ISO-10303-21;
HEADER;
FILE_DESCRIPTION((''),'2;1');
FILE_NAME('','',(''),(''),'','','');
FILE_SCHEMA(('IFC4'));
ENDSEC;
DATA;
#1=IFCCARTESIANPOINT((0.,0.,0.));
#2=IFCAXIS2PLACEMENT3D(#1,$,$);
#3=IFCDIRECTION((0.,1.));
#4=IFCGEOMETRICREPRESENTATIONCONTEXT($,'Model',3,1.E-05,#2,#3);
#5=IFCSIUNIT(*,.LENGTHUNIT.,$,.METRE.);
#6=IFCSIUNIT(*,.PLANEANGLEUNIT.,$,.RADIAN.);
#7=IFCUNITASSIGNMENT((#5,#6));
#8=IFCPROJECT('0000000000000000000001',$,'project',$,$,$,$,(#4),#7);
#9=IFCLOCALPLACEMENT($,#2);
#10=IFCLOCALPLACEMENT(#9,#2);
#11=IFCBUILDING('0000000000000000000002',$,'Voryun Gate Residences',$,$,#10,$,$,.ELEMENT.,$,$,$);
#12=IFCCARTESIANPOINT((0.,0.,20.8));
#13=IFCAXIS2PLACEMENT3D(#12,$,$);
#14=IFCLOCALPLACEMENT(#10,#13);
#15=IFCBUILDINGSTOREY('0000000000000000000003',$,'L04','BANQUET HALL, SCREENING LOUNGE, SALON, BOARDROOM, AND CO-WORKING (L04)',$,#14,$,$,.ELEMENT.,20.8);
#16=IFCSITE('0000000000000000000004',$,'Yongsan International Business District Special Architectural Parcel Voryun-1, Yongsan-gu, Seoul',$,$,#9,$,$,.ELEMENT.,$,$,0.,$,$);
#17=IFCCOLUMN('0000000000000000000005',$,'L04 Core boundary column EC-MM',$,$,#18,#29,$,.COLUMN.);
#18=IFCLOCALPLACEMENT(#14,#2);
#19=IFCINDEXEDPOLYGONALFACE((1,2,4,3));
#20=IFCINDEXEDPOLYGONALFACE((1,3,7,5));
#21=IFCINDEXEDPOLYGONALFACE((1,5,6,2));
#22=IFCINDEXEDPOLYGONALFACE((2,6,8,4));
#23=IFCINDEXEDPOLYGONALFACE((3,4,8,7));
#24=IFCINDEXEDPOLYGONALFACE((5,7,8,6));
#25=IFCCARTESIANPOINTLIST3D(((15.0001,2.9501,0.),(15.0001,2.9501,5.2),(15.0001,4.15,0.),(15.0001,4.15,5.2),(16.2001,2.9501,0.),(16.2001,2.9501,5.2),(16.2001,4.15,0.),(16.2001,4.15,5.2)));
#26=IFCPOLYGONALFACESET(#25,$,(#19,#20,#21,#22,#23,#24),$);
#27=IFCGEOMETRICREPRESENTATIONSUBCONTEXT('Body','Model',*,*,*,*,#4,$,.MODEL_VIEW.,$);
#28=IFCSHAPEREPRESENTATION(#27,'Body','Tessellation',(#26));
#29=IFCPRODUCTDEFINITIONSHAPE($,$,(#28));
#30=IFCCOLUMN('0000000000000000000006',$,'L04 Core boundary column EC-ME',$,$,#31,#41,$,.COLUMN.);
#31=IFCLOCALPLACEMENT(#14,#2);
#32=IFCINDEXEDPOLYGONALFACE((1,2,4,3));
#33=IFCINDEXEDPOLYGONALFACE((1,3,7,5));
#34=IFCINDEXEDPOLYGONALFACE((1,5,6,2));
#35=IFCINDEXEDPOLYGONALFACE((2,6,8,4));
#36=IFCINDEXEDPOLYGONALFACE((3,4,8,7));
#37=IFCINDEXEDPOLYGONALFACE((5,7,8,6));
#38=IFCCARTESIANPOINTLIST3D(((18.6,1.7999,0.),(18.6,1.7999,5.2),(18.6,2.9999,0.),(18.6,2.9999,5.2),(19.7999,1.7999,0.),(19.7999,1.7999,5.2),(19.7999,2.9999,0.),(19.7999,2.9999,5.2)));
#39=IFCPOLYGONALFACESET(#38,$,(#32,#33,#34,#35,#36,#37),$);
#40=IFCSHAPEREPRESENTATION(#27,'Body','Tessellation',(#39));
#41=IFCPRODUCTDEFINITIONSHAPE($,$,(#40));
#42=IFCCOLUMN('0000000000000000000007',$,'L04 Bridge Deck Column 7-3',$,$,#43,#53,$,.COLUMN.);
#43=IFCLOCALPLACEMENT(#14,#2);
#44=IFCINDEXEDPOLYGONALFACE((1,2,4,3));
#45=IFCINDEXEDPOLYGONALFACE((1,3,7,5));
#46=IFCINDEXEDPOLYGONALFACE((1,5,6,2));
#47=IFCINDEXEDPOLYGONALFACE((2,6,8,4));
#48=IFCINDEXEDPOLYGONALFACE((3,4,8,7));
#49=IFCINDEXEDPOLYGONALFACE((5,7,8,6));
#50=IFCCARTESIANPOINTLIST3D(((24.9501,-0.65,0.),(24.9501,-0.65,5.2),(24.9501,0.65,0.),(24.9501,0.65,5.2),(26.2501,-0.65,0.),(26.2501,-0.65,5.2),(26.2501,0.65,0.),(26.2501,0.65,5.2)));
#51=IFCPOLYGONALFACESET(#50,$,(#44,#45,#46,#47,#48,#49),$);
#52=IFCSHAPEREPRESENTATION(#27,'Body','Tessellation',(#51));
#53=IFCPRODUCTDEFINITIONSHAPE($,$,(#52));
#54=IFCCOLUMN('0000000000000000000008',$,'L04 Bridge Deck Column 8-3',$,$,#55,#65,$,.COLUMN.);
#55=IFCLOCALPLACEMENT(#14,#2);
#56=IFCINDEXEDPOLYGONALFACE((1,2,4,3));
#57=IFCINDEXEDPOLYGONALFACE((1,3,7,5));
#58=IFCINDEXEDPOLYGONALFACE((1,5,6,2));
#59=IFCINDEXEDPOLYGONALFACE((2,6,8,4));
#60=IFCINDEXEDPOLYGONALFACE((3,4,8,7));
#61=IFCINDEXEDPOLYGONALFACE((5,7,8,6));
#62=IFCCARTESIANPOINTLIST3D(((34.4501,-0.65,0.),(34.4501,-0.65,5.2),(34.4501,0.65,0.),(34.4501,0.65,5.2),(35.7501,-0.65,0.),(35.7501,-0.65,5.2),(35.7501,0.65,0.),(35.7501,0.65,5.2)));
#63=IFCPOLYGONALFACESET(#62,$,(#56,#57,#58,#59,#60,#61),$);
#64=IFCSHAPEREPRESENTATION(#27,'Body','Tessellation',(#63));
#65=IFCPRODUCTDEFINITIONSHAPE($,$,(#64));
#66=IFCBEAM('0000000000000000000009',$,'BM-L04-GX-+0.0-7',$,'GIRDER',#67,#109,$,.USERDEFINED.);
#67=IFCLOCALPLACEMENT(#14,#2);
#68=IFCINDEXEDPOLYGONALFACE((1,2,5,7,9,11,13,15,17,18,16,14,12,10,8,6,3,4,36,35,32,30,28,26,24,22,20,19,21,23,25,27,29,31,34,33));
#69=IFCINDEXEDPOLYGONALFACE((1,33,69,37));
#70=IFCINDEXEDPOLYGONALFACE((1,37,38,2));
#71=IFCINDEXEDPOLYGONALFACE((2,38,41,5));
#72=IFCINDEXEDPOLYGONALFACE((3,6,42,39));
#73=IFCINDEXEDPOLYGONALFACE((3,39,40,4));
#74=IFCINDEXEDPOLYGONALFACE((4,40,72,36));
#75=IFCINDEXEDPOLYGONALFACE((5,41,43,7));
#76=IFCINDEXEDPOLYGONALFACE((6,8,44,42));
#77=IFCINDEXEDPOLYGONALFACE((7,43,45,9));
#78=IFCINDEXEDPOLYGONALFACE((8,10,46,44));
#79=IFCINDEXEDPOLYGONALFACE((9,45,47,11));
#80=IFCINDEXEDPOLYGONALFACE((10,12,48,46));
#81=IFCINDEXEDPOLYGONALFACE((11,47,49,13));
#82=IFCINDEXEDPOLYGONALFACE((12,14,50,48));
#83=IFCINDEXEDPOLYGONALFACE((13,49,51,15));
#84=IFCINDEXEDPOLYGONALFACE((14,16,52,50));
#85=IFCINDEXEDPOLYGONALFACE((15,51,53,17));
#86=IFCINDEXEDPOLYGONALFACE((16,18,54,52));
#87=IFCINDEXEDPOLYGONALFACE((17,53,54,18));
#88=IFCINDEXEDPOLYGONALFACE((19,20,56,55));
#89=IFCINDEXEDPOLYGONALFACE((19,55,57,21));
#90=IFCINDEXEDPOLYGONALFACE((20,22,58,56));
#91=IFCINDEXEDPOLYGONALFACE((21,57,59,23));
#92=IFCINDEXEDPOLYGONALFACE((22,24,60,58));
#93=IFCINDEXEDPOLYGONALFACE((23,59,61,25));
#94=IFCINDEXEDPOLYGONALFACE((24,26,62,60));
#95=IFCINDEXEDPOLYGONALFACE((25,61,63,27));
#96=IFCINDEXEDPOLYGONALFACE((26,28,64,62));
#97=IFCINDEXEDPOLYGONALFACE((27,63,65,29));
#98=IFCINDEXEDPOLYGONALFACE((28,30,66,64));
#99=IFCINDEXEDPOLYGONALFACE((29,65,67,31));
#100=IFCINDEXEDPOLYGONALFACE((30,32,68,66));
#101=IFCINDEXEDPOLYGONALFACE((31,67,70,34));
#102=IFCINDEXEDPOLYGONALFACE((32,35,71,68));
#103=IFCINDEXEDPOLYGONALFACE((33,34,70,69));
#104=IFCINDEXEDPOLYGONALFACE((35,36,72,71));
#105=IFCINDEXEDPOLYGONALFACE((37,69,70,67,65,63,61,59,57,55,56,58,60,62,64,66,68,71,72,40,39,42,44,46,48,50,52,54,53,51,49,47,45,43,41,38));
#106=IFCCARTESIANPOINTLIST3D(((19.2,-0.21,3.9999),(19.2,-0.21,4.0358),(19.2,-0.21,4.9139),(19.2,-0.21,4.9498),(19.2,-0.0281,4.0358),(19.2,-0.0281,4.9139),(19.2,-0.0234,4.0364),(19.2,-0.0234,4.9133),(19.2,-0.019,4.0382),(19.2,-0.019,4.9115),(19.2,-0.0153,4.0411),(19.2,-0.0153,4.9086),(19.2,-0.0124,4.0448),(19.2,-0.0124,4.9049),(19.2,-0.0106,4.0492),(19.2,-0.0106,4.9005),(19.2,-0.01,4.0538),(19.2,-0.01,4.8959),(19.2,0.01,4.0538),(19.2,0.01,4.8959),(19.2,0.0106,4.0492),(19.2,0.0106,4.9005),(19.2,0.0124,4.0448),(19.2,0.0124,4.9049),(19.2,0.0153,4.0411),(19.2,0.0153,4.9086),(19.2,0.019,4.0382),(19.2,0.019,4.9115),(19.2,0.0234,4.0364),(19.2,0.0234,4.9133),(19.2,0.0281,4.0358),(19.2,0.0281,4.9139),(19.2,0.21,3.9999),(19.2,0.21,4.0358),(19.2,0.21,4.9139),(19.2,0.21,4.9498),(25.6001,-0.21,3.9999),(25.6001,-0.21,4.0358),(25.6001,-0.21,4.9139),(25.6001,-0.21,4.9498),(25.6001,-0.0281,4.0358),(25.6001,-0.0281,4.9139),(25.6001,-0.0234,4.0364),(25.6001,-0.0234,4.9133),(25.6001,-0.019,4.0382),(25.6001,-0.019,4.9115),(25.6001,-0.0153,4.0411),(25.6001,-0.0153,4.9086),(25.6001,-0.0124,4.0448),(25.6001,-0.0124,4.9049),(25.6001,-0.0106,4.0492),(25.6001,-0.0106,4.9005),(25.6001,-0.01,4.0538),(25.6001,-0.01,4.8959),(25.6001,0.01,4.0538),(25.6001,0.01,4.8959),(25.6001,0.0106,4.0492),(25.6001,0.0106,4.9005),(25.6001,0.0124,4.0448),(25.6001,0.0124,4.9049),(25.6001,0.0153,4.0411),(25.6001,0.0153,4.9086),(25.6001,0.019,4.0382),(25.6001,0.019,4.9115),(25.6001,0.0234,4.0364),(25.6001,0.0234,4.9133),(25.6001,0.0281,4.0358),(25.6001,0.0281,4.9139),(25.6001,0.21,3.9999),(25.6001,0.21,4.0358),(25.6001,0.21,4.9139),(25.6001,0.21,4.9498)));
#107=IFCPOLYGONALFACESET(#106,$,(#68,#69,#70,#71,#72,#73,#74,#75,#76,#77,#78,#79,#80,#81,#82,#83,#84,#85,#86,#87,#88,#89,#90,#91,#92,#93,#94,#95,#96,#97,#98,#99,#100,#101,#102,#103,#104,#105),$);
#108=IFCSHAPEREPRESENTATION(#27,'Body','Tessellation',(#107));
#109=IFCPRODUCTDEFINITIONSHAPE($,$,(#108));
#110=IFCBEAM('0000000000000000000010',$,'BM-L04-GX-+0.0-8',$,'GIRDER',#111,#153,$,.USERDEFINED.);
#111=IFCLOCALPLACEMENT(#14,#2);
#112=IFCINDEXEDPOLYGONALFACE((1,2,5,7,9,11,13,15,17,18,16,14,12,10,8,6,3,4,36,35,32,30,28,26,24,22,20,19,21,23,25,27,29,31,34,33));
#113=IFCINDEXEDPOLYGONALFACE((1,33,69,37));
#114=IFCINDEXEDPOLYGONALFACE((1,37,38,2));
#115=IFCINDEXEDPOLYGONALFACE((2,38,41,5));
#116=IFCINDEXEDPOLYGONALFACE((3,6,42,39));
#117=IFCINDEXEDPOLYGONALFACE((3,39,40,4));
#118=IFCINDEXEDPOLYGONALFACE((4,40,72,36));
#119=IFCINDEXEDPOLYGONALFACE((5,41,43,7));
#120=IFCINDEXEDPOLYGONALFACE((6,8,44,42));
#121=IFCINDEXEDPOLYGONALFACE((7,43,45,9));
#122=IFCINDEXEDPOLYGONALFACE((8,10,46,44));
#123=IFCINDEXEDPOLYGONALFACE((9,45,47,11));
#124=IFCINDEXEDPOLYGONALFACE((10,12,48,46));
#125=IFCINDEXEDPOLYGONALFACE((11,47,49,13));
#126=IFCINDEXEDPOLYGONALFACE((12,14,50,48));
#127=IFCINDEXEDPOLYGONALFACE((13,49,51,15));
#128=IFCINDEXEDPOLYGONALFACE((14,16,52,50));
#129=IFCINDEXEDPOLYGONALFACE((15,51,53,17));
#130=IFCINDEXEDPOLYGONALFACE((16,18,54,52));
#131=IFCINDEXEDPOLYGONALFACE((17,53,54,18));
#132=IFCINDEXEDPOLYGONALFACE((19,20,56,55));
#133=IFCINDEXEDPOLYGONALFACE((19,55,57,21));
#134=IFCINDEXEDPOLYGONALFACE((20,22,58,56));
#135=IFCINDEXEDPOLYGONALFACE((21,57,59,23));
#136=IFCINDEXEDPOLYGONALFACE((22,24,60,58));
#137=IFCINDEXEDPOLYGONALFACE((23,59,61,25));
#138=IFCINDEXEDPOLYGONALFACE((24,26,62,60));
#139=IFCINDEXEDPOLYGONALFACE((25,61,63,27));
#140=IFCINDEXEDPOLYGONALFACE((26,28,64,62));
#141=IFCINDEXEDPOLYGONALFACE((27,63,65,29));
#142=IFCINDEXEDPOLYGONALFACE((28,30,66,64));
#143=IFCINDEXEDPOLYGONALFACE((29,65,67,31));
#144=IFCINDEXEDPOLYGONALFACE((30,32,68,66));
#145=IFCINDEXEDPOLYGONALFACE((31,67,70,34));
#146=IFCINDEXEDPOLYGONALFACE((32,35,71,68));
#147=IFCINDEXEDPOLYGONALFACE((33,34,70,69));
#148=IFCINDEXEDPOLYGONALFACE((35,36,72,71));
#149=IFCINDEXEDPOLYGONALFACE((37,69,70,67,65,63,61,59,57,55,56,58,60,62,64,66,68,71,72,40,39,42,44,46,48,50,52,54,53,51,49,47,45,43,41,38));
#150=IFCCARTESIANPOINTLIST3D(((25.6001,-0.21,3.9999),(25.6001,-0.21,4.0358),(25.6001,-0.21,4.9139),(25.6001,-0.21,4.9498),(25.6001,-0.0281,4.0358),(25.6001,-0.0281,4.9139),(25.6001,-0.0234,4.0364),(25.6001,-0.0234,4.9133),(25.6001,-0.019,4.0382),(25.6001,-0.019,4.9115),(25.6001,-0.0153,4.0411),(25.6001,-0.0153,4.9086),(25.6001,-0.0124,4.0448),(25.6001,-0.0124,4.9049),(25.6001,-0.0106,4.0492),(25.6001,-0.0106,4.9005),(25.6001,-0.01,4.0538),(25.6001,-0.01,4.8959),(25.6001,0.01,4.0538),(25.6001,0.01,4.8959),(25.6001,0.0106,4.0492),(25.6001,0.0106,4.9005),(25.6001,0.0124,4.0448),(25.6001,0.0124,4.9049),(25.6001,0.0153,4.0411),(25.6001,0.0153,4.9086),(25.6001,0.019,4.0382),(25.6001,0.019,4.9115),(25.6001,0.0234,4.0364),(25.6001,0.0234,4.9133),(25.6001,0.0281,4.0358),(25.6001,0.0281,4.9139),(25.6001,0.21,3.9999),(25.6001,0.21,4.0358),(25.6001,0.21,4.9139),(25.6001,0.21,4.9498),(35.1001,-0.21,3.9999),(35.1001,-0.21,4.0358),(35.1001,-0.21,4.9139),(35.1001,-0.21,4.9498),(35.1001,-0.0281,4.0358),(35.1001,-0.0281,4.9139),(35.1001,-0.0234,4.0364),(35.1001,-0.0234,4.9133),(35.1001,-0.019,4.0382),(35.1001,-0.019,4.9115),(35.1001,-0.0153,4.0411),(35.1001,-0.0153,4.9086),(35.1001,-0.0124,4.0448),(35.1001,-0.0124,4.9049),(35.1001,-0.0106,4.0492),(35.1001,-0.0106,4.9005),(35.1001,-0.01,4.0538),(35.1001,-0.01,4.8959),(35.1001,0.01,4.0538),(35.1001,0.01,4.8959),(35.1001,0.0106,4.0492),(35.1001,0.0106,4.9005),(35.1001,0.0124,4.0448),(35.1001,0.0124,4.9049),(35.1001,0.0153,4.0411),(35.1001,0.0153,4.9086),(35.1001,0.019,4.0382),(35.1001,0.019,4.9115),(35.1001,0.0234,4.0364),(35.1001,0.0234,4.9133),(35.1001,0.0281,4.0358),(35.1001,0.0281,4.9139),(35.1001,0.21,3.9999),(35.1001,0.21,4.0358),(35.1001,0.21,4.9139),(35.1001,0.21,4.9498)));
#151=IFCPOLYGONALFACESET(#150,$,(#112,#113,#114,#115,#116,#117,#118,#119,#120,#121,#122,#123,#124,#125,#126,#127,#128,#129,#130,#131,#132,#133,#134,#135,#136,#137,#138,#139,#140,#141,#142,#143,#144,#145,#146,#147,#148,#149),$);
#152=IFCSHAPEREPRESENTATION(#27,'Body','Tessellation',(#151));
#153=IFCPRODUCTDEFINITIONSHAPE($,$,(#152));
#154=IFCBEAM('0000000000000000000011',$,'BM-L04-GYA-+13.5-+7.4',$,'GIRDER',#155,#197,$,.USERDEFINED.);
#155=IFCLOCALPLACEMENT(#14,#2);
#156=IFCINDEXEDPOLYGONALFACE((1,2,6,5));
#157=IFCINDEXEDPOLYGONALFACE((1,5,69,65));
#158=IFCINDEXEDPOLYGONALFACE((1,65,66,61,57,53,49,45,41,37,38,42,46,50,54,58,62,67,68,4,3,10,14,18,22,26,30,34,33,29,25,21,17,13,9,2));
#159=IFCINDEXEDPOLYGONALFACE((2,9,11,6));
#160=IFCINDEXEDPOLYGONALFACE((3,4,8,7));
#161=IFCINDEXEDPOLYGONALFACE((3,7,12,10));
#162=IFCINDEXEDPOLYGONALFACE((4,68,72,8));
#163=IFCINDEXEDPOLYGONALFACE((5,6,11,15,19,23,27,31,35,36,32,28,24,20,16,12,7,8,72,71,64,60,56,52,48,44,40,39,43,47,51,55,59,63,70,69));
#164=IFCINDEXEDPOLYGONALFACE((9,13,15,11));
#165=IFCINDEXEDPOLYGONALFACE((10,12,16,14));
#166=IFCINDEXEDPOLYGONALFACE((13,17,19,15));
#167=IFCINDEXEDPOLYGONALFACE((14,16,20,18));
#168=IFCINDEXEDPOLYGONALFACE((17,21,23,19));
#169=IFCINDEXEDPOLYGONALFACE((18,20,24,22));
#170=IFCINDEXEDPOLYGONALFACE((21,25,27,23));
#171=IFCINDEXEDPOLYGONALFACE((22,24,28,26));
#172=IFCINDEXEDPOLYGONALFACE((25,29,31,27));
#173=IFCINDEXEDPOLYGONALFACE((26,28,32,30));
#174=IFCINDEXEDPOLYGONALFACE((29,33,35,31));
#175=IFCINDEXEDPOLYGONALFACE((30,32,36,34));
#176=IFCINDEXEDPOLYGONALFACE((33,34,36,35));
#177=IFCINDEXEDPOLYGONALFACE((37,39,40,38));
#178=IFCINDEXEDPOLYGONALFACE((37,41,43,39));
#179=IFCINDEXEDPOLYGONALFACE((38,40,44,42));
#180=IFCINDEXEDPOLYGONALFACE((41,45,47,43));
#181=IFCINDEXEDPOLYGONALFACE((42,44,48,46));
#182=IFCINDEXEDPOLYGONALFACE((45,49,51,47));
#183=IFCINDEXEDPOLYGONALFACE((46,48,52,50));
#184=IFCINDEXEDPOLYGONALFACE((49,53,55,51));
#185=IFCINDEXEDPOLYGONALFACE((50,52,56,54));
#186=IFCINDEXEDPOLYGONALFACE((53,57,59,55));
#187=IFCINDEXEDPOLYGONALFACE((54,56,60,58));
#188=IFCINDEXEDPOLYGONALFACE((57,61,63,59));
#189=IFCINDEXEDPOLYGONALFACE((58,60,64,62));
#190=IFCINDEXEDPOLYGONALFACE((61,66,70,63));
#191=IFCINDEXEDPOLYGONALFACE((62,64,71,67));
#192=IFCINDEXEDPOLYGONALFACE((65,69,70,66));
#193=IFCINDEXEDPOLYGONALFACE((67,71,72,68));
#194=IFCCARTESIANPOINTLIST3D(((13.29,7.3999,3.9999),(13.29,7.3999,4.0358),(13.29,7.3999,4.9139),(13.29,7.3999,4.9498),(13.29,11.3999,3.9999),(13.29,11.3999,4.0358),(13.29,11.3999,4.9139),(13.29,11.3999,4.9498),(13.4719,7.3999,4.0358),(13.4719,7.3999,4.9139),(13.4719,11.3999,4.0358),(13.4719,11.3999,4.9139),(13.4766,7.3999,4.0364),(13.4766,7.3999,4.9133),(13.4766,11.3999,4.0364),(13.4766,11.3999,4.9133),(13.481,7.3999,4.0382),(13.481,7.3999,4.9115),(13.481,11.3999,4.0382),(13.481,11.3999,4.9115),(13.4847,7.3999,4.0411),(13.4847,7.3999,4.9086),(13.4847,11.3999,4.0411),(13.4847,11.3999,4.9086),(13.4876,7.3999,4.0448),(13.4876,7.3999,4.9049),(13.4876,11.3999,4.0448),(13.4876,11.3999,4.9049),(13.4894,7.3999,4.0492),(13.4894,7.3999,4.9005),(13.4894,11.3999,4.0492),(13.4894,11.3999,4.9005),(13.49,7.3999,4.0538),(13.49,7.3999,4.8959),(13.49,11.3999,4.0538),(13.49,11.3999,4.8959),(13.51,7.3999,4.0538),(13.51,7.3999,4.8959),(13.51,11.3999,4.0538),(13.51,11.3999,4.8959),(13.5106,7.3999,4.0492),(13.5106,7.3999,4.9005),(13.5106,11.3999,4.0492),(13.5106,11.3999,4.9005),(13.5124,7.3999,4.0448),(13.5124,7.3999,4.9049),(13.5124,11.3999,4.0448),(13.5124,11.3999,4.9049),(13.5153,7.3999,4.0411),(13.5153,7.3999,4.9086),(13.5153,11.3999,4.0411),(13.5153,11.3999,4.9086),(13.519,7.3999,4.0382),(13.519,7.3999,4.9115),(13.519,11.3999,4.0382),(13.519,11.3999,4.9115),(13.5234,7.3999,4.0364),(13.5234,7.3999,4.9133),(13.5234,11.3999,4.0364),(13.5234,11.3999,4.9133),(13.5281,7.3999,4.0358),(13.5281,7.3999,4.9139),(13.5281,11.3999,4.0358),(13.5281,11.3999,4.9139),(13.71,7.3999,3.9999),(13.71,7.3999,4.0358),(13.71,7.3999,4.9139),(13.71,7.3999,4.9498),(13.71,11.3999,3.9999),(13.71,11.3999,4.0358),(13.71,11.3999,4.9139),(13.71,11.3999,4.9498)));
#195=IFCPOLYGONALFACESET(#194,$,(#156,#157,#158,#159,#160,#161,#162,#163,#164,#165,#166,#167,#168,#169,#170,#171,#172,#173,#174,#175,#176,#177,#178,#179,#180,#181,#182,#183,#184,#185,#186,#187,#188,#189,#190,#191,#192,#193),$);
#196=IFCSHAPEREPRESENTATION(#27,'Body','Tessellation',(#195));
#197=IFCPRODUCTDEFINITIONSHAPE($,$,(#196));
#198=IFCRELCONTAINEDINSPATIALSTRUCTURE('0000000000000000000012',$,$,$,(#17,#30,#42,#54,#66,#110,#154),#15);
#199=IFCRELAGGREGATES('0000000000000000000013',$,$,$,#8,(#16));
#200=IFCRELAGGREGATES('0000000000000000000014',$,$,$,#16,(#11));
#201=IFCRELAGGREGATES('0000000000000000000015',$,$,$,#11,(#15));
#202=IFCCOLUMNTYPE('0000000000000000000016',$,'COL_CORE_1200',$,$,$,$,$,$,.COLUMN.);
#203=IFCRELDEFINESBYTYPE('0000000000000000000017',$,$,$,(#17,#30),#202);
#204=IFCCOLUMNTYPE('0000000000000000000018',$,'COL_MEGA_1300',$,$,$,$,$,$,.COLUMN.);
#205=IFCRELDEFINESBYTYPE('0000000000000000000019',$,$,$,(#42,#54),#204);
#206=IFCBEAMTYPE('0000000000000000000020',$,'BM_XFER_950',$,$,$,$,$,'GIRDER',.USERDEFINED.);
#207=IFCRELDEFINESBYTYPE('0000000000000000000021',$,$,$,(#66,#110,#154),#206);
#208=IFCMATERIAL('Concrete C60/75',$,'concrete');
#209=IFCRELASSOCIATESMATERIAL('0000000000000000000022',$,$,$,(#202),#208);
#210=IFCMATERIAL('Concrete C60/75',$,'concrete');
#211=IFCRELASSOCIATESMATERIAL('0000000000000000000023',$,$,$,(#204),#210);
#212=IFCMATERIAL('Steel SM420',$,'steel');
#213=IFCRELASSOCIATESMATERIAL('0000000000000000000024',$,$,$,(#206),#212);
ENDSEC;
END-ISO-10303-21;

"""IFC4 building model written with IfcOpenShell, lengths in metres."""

from ifc_helpers import new_model, si_unit, direction, frame, origin, origin_2d, place, context, subcontext, project, spatial, rectangle, i_section, extrude, material, material_profile, profile_set, type_object, element, save


model = new_model("IFC4")

# Units and contexts
model_context = context("Model", 3, precision=1e-05, world=origin(), true_north=direction((0.0, 1.0)))
body_context = subcontext(model_context, "Body", "Model", "MODEL_VIEW")
ifc_project = project(units=[si_unit("LENGTHUNIT", "METRE"), si_unit("PLANEANGLEUNIT", "RADIAN")], contexts=[model_context])

# Site, building, storey
site_placement = place(None, origin())
site = spatial("IfcSite", under=ifc_project, at=site_placement, Name="Yongsan International Business District Special Architectural Parcel Voryun-1, Yongsan-gu, Seoul", CompositionType="ELEMENT", RefElevation=0.0)
building_placement = place(site_placement, origin())
building = spatial("IfcBuilding", under=site, at=building_placement, Name="Voryun Gate Residences", CompositionType="ELEMENT")
storey_placement = place(building_placement, frame((0.0, 0.0, 20.8)))
storey = spatial("IfcBuildingStorey", under=building, at=storey_placement, Name="L04", Description="BANQUET HALL, SCREENING LOUNGE, SALON, BOARDROOM, AND CO-WORKING (L04)", CompositionType="ELEMENT", Elevation=20.8)

# Columns
ifc_material_1 = material(Name="Concrete C60/75", Category="concrete")
ifc_material_profile_1 = material_profile(ifc_material_1, rectangle(XDim=1.2, YDim=1.2, at=origin_2d()), Name="RC-1200x1200")
ifc_profile_set_1 = profile_set([ifc_material_profile_1], Name="Concrete C60/75")
column_type_1 = type_object("IfcColumnType", Name="COL_CORE_1200", PredefinedType="COLUMN", material=ifc_profile_set_1)
for number, where, z_axis, x_axis, name in (
    (1, (15.6001, 3.55, 0.0), (0.0, 0.0, 1.0), (1.0, 0.0, 0.0), "L04 Core boundary column EC-MM"),
    (2, (19.2, 2.3999, 0.0), (0.0, 0.0, 1.0), (1.0, 0.0, 0.0), "L04 Core boundary column EC-ME"),
):
    element("IfcColumn", number, at=place(storey_placement, frame(where, z_axis=z_axis, x_axis=x_axis)), inside=storey, type_object=column_type_1, Name=name, PredefinedType="COLUMN", context=body_context, shape_type="SweptSolid", body=[
        extrude(rectangle(XDim=1.2, YDim=1.2, at=origin_2d()), origin(), (0.0, 0.0, 1.0), 5.2),
    ])
ifc_material_2 = material(Name="Concrete C60/75", Category="concrete")
ifc_material_profile_2 = material_profile(ifc_material_2, rectangle(XDim=1.3, YDim=1.3, at=origin_2d()), Name="RC-1300x1300")
ifc_profile_set_2 = profile_set([ifc_material_profile_2], Name="Concrete C60/75")
column_type_2 = type_object("IfcColumnType", Name="COL_MEGA_1300", PredefinedType="COLUMN", material=ifc_profile_set_2)
for number, where, z_axis, x_axis, name in (
    (3, (25.6001, 0.0, 0.0), (0.0, 0.0, 1.0), (1.0, 0.0, 0.0), "L04 Bridge Deck Column 7-3"),
    (4, (35.1001, 0.0, 0.0), (0.0, 0.0, 1.0), (1.0, 0.0, 0.0), "L04 Bridge Deck Column 8-3"),
):
    element("IfcColumn", number, at=place(storey_placement, frame(where, z_axis=z_axis, x_axis=x_axis)), inside=storey, type_object=column_type_2, Name=name, PredefinedType="COLUMN", context=body_context, shape_type="SweptSolid", body=[
        extrude(rectangle(XDim=1.3, YDim=1.3, at=origin_2d()), origin(), (0.0, 0.0, 1.0), 5.2),
    ])

# Beams
ifc_material_3 = material(Name="Steel SM420", Category="steel")
ifc_material_profile_3 = material_profile(ifc_material_3, i_section(OverallWidth=0.4199, OverallDepth=0.95, WebThickness=0.02, FlangeThickness=0.0359, FilletRadius=0.0181, at=origin_2d()), Name="H-950x420x20x36")
ifc_profile_set_3 = profile_set([ifc_material_profile_3], Name="Steel SM420")
beam_type = type_object("IfcBeamType", Name="BM_XFER_950", ElementType="GIRDER", PredefinedType="USERDEFINED", material=ifc_profile_set_3)
beam_1_placement = place(storey_placement, frame((19.2, 0.0, 4.4749), z_axis=(1.0, 0.0, 0.0), x_axis=(0.0, 1.0, 0.0)))
element("IfcBeam", 5, at=beam_1_placement, inside=storey, type_object=beam_type, Name="BM-L04-GX-+0.0-7", ObjectType="GIRDER", PredefinedType="USERDEFINED", context=body_context, shape_type="SweptSolid", body=[
    extrude(i_section(OverallWidth=0.4199, OverallDepth=0.95, WebThickness=0.02, FlangeThickness=0.0359, FilletRadius=0.0181, at=origin_2d()), origin(), (0.0, 0.0, 1.0), 6.4001),
])
beam_2_placement = place(storey_placement, frame((25.6001, 0.0, 4.4749), z_axis=(1.0, 0.0, 0.0), x_axis=(0.0, 1.0, 0.0)))
element("IfcBeam", 6, at=beam_2_placement, inside=storey, type_object=beam_type, Name="BM-L04-GX-+0.0-8", ObjectType="GIRDER", PredefinedType="USERDEFINED", context=body_context, shape_type="SweptSolid", body=[
    extrude(i_section(OverallWidth=0.4199, OverallDepth=0.95, WebThickness=0.02, FlangeThickness=0.0359, FilletRadius=0.0181, at=origin_2d()), origin(), (0.0, 0.0, 1.0), 9.5),
])
beam_3_placement = place(storey_placement, frame((13.5, 7.3999, 4.4749), z_axis=(0.0, 1.0, 0.0), x_axis=(-1.0, 0.0, 0.0)))
element("IfcBeam", 7, at=beam_3_placement, inside=storey, type_object=beam_type, Name="BM-L04-GYA-+13.5-+7.4", ObjectType="GIRDER", PredefinedType="USERDEFINED", context=body_context, shape_type="SweptSolid", body=[
    extrude(i_section(OverallWidth=0.4199, OverallDepth=0.95, WebThickness=0.02, FlangeThickness=0.0359, FilletRadius=0.0181, at=origin_2d()), origin(), (0.0, 0.0, 1.0), 4.0),
])

save(model, "model.ifc")
